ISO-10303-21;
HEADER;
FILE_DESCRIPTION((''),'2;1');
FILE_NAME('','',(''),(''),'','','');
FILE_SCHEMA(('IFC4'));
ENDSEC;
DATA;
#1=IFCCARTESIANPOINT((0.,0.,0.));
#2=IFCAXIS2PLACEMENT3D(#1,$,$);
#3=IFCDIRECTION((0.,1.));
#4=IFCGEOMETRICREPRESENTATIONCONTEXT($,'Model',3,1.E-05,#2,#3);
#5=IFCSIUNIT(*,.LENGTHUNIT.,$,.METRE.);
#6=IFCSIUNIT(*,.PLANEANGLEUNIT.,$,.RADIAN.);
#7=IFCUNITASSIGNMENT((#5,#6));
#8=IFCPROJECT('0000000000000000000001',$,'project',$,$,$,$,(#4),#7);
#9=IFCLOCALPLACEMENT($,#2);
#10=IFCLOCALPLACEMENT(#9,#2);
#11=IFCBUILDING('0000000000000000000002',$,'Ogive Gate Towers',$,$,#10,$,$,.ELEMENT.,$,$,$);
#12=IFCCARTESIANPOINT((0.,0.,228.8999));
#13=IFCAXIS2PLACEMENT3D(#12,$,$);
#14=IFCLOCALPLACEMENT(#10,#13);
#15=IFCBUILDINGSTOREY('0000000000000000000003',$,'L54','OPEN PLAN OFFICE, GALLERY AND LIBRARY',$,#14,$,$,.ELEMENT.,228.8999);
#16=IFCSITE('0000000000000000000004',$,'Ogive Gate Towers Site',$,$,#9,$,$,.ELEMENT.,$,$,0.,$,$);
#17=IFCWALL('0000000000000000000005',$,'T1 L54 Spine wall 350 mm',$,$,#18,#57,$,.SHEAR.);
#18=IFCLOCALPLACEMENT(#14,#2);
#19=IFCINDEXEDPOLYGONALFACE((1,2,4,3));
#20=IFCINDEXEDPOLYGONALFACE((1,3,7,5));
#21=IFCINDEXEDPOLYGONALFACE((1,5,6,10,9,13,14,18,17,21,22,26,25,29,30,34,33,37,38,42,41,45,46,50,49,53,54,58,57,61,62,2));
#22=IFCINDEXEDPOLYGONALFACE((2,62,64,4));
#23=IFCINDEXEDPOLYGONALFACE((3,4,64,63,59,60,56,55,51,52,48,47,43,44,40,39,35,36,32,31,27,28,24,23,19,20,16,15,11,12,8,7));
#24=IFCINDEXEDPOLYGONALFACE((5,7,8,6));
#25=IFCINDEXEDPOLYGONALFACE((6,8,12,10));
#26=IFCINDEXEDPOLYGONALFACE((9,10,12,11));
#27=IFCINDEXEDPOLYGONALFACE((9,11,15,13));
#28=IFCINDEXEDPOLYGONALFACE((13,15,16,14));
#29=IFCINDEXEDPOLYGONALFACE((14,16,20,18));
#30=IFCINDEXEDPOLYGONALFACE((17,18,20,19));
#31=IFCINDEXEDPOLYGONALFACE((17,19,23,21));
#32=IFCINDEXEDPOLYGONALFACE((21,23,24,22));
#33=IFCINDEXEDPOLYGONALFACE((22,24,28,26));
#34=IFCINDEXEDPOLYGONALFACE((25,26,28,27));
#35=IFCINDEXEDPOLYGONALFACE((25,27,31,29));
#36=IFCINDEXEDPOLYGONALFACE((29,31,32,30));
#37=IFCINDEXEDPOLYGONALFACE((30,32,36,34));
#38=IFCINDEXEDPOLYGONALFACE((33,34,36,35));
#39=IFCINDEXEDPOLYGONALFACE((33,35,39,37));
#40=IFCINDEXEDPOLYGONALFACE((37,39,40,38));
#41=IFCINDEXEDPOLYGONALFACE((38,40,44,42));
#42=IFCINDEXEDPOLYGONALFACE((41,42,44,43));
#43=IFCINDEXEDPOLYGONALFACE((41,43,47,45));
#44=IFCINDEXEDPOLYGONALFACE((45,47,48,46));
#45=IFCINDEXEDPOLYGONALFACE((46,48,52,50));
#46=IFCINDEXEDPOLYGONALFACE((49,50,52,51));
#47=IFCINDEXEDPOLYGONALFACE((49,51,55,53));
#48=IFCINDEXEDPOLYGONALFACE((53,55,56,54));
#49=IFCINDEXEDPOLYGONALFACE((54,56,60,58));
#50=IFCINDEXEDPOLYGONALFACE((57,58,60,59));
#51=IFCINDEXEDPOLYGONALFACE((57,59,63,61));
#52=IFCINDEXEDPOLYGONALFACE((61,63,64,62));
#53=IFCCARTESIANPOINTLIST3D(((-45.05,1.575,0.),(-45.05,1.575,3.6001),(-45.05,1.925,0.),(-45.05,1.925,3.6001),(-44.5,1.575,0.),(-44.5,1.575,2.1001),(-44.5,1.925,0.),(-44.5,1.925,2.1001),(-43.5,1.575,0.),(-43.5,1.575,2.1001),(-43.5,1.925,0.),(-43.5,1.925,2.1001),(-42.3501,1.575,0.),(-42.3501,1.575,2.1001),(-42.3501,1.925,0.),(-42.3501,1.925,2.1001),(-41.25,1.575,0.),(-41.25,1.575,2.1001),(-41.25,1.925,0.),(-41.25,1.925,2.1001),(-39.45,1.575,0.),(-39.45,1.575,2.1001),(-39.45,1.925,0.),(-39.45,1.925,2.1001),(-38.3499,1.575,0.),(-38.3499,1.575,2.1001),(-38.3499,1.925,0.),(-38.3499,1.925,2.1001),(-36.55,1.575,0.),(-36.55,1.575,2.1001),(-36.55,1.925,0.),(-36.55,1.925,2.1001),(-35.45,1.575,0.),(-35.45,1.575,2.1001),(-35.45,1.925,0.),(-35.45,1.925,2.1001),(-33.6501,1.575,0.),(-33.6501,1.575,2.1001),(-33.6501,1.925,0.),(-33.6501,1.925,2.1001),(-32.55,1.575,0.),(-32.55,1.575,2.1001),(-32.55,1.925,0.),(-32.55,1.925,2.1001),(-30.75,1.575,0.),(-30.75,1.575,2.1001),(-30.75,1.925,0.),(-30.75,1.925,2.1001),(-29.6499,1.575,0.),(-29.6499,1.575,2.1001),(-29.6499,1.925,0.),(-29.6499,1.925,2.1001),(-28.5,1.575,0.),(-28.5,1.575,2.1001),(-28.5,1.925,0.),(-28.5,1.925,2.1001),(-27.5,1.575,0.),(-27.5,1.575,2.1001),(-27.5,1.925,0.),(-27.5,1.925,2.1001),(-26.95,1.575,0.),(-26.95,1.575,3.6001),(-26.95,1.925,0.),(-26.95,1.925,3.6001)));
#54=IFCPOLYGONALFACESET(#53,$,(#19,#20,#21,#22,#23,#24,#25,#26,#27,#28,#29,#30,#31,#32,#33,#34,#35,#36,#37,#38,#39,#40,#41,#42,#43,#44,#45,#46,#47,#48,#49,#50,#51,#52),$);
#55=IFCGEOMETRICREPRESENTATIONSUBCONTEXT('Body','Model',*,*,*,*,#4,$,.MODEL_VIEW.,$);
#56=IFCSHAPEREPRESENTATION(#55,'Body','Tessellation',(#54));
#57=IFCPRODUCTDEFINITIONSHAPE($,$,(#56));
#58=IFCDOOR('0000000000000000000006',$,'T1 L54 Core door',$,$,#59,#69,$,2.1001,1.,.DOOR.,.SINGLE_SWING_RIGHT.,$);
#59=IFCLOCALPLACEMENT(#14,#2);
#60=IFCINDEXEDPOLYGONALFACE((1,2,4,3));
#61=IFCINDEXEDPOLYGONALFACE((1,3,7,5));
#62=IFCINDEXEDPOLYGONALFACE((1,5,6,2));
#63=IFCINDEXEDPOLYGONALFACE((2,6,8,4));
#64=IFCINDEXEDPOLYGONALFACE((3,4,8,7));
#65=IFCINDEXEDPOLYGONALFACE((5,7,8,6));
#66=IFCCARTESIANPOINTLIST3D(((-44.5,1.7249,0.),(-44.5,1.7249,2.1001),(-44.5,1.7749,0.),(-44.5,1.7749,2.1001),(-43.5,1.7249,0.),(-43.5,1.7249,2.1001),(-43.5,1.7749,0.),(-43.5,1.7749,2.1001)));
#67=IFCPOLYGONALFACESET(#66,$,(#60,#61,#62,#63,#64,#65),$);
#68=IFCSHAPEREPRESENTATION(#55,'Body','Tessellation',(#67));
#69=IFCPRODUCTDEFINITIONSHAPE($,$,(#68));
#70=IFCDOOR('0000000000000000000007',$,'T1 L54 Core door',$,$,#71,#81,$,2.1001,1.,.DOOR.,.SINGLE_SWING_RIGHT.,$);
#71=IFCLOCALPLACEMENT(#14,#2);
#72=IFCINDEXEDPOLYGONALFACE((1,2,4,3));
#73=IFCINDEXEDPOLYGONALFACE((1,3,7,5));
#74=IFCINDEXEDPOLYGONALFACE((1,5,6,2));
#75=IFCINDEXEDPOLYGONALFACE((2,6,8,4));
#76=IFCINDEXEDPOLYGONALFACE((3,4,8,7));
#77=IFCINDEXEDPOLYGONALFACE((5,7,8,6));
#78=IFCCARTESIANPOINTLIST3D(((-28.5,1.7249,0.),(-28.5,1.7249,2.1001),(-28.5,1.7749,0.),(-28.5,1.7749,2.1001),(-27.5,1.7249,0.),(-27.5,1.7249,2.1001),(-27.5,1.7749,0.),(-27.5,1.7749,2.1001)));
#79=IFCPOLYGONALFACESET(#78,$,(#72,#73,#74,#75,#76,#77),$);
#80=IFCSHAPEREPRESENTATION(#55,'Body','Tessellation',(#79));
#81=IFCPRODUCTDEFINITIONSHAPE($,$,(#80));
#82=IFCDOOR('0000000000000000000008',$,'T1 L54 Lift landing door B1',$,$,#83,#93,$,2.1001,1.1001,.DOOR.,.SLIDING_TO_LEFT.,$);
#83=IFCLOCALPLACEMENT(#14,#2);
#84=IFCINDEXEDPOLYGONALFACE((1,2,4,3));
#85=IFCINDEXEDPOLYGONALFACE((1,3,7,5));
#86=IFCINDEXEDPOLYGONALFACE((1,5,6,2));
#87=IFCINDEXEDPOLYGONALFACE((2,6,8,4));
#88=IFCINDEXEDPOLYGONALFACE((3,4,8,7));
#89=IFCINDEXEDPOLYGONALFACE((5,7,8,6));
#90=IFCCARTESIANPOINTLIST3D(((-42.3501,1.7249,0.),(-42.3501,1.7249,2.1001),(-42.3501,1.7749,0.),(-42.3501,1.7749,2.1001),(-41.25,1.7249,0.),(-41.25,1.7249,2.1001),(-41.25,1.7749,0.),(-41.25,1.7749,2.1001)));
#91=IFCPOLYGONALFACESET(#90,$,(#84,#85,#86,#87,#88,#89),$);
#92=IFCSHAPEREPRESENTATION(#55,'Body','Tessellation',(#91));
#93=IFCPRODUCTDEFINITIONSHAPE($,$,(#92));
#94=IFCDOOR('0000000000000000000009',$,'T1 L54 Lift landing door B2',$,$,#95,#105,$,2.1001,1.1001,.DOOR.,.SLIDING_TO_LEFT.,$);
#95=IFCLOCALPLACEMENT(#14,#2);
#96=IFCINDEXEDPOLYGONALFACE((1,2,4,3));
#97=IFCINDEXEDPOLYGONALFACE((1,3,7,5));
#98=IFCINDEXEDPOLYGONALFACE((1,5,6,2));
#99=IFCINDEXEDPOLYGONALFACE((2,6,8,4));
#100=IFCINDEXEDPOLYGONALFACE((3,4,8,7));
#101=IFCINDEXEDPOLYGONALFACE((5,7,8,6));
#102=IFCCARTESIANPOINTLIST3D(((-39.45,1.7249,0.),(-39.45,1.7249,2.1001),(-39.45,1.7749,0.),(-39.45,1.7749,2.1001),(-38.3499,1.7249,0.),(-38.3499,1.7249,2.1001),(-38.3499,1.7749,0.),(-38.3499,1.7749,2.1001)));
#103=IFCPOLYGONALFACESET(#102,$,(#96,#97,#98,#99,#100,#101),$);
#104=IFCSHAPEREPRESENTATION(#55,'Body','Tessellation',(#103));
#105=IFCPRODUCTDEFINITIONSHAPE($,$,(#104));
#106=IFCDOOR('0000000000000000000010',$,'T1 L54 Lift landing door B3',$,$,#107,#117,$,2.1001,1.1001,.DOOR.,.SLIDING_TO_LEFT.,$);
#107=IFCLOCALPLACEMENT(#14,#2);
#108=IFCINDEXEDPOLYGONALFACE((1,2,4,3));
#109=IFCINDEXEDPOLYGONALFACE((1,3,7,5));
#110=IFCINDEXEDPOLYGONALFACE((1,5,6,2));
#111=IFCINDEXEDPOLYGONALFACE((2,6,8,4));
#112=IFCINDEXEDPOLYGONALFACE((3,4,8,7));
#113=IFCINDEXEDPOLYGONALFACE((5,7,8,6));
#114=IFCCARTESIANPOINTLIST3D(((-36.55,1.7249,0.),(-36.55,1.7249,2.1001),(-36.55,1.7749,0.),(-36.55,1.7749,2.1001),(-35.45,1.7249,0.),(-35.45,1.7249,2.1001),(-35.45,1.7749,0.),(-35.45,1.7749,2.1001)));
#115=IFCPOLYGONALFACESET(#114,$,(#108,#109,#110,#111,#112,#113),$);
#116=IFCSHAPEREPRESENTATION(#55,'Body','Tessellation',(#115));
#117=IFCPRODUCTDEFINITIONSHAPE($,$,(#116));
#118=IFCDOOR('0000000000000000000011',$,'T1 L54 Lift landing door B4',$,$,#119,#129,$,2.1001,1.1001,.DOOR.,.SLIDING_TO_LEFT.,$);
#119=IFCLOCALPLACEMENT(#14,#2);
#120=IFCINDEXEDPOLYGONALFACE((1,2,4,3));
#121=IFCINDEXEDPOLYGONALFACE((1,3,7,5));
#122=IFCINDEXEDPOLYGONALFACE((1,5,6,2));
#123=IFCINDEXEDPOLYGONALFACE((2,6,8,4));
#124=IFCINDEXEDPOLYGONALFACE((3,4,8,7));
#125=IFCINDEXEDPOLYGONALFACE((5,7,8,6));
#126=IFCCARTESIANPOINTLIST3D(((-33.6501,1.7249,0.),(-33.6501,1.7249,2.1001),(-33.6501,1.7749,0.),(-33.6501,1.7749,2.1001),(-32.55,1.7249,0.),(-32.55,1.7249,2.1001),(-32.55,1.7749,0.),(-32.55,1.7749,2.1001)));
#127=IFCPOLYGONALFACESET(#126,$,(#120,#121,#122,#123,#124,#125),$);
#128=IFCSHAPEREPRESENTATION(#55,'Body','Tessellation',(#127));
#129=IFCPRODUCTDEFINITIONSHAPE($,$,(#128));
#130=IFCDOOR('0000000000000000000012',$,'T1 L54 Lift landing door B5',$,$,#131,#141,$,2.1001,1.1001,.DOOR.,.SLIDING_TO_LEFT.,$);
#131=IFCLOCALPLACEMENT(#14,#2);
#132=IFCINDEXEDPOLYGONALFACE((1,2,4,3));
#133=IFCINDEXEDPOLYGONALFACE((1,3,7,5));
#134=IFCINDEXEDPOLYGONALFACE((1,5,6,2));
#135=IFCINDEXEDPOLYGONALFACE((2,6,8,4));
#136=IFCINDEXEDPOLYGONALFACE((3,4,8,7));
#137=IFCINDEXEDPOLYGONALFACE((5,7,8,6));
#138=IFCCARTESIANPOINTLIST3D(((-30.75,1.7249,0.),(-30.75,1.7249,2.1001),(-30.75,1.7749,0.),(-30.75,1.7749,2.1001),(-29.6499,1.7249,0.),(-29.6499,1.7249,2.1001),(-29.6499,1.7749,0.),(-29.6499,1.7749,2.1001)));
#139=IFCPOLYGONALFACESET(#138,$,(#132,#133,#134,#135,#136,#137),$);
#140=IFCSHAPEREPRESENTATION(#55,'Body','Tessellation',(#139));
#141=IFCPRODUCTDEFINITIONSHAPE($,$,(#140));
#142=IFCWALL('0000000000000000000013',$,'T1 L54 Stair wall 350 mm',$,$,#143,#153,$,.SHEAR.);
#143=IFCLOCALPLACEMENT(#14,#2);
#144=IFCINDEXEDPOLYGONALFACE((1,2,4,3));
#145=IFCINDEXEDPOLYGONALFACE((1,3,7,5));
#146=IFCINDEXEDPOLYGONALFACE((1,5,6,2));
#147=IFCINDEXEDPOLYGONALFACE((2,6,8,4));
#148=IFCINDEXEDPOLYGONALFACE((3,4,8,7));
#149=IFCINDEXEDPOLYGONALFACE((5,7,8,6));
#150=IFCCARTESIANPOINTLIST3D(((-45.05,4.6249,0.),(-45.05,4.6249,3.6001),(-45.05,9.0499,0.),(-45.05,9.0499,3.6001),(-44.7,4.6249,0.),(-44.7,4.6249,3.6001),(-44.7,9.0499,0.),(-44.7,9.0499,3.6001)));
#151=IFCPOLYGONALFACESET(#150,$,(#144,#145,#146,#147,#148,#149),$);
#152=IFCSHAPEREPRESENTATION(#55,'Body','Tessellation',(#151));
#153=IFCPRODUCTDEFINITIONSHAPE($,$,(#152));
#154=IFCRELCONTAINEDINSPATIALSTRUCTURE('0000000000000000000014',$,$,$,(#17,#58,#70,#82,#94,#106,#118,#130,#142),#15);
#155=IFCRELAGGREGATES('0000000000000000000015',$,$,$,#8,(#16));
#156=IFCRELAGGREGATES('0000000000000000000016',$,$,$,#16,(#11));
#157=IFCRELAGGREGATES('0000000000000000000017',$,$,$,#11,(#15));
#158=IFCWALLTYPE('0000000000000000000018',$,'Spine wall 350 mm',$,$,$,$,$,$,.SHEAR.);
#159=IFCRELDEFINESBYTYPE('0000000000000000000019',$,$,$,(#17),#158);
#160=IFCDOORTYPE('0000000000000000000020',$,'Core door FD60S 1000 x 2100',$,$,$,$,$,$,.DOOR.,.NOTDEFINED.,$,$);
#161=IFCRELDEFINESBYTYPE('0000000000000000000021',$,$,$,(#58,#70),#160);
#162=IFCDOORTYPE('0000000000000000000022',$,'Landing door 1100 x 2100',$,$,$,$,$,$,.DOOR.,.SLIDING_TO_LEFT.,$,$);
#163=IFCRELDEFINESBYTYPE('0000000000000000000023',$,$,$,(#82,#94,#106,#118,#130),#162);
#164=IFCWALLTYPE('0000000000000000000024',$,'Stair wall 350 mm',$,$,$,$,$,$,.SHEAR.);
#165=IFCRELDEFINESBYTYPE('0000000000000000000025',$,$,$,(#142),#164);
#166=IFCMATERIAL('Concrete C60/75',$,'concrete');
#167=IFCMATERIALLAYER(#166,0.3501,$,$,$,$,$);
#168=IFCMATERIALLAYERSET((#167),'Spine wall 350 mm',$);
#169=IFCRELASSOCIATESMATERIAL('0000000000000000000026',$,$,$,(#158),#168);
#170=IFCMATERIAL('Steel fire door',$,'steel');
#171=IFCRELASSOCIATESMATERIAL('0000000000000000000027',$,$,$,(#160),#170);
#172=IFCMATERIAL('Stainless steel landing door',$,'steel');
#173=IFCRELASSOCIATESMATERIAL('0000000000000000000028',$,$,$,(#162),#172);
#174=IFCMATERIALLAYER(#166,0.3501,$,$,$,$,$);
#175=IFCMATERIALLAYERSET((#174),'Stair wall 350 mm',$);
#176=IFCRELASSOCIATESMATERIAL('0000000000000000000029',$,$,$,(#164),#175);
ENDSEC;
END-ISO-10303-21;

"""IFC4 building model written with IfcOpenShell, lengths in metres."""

from ifc_helpers import new_model, si_unit, direction, frame, frame_2d, origin, place, context, subcontext, project, spatial, rectangle, extrude, material, layer, layer_set, type_object, element, fill, save


model = new_model("IFC4")

# Units and contexts
model_context = context("Model", 3, precision=1e-05, world=origin(), true_north=direction((0.0, 1.0)))
body_context = subcontext(model_context, "Body", "Model", "MODEL_VIEW")
ifc_project = project(units=[si_unit("LENGTHUNIT", "METRE"), si_unit("PLANEANGLEUNIT", "RADIAN")], contexts=[model_context])

# Site, building, storey
site_placement = place(None, origin())
site = spatial("IfcSite", under=ifc_project, at=site_placement, Name="Ogive Gate Towers Site", CompositionType="ELEMENT", RefElevation=0.0)
building_placement = place(site_placement, origin())
building = spatial("IfcBuilding", under=site, at=building_placement, Name="Ogive Gate Towers", CompositionType="ELEMENT")
storey_placement = place(building_placement, frame((0.0, 0.0, 228.8999)))
storey = spatial("IfcBuildingStorey", under=building, at=storey_placement, Name="L54", Description="OPEN PLAN OFFICE, GALLERY AND LIBRARY", CompositionType="ELEMENT", Elevation=228.8999)

# Shared definitions
ifc_material_1 = material(Name="Concrete C60/75", Category="concrete")

# Shared definitions
ifc_material_2 = material(Name="Steel fire door", Category="steel")

# Wall, openings, doors
ifc_layer_1 = layer(ifc_material_1, 0.3501)
ifc_layer_set_1 = layer_set([ifc_layer_1], Name="Spine wall 350 mm")
wall_type_1 = type_object("IfcWallType", Name="Spine wall 350 mm", PredefinedType="SHEAR", material=ifc_layer_set_1)
wall_1_placement = place(storey_placement, frame((-45.05, 1.75, 0.0), z_axis=(0.0, 0.0, 1.0), x_axis=(1.0, 0.0, 0.0)))
wall_1 = element("IfcWall", 1, at=wall_1_placement, inside=storey, type_object=wall_type_1, Name="T1 L54 Spine wall 350 mm", PredefinedType="SHEAR", context=body_context, shape_type="SweptSolid", body=[
    extrude(rectangle(XDim=18.1001, YDim=0.3501, at=frame_2d((9.05, 0.0))), origin(), (0.0, 0.0, 1.0), 3.6001),
])
opening_1_placement = place(wall_1_placement, frame((0.55, 0.0, 0.0)))
opening_1 = element("IfcOpeningElement", 2, at=opening_1_placement, cuts=wall_1, PredefinedType="OPENING", context=body_context, shape_type="SweptSolid", body=[
    extrude(rectangle(XDim=1.0, YDim=2.1001, at=frame_2d((0.5, 1.05))), frame((0.0, 0.1851, 0.0), z_axis=(0.0, -1.0, 0.0), x_axis=(1.0, 0.0, 0.0)), (0.0, 0.0, 1.0), 0.3701),
])
opening_2_placement = place(wall_1_placement, frame((2.7, 0.0, 0.0)))
opening_2 = element("IfcOpeningElement", 3, at=opening_2_placement, cuts=wall_1, PredefinedType="OPENING", context=body_context, shape_type="SweptSolid", body=[
    extrude(rectangle(XDim=1.1001, YDim=2.1001, at=frame_2d((0.55, 1.05))), frame((0.0, 0.1851, 0.0), z_axis=(0.0, -1.0, 0.0), x_axis=(1.0, 0.0, 0.0)), (0.0, 0.0, 1.0), 0.3701),
])
opening_3_placement = place(wall_1_placement, frame((5.6001, 0.0, 0.0)))
opening_3 = element("IfcOpeningElement", 4, at=opening_3_placement, cuts=wall_1, PredefinedType="OPENING", context=body_context, shape_type="SweptSolid", body=[
    extrude(rectangle(XDim=1.1001, YDim=2.1001, at=frame_2d((0.55, 1.05))), frame((0.0, 0.1851, 0.0), z_axis=(0.0, -1.0, 0.0), x_axis=(1.0, 0.0, 0.0)), (0.0, 0.0, 1.0), 0.3701),
])
opening_4_placement = place(wall_1_placement, frame((8.5, 0.0, 0.0)))
opening_4 = element("IfcOpeningElement", 5, at=opening_4_placement, cuts=wall_1, PredefinedType="OPENING", context=body_context, shape_type="SweptSolid", body=[
    extrude(rectangle(XDim=1.1001, YDim=2.1001, at=frame_2d((0.55, 1.05))), frame((0.0, 0.1851, 0.0), z_axis=(0.0, -1.0, 0.0), x_axis=(1.0, 0.0, 0.0)), (0.0, 0.0, 1.0), 0.3701),
])
opening_5_placement = place(wall_1_placement, frame((11.3999, 0.0, 0.0)))
opening_5 = element("IfcOpeningElement", 6, at=opening_5_placement, cuts=wall_1, PredefinedType="OPENING", context=body_context, shape_type="SweptSolid", body=[
    extrude(rectangle(XDim=1.1001, YDim=2.1001, at=frame_2d((0.55, 1.05))), frame((0.0, 0.1851, 0.0), z_axis=(0.0, -1.0, 0.0), x_axis=(1.0, 0.0, 0.0)), (0.0, 0.0, 1.0), 0.3701),
])
opening_6_placement = place(wall_1_placement, frame((14.3, 0.0, 0.0)))
opening_6 = element("IfcOpeningElement", 7, at=opening_6_placement, cuts=wall_1, PredefinedType="OPENING", context=body_context, shape_type="SweptSolid", body=[
    extrude(rectangle(XDim=1.1001, YDim=2.1001, at=frame_2d((0.55, 1.05))), frame((0.0, 0.1851, 0.0), z_axis=(0.0, -1.0, 0.0), x_axis=(1.0, 0.0, 0.0)), (0.0, 0.0, 1.0), 0.3701),
])
opening_7_placement = place(wall_1_placement, frame((16.55, 0.0, 0.0)))
opening_7 = element("IfcOpeningElement", 8, at=opening_7_placement, cuts=wall_1, PredefinedType="OPENING", context=body_context, shape_type="SweptSolid", body=[
    extrude(rectangle(XDim=1.0, YDim=2.1001, at=frame_2d((0.5, 1.05))), frame((0.0, 0.1851, 0.0), z_axis=(0.0, -1.0, 0.0), x_axis=(1.0, 0.0, 0.0)), (0.0, 0.0, 1.0), 0.3701),
])
door_type_1 = type_object("IfcDoorType", Name="Core door FD60S 1000 x 2100", OperationType="NOTDEFINED", PredefinedType="DOOR", material=ifc_material_2)
door_1_placement = place(opening_1_placement, origin())
door_1 = element("IfcDoor", 9, at=door_1_placement, inside=storey, type_object=door_type_1, Name="T1 L54 Core door", OperationType="SINGLE_SWING_RIGHT", OverallHeight=2.1001, OverallWidth=1.0, PredefinedType="DOOR", context=body_context, shape_type="SweptSolid", body=[
    extrude(rectangle(XDim=1.0, YDim=2.1001, at=frame_2d((0.5, 1.05))), frame((0.0, 0.0249, 0.0), z_axis=(0.0, -1.0, 0.0), x_axis=(1.0, 0.0, 0.0)), (0.0, 0.0, 1.0), 0.05),
])
fill(opening_1, door_1)
door_2_placement = place(opening_7_placement, origin())
door_2 = element("IfcDoor", 10, at=door_2_placement, inside=storey, type_object=door_type_1, Name="T1 L54 Core door", OperationType="SINGLE_SWING_RIGHT", OverallHeight=2.1001, OverallWidth=1.0, PredefinedType="DOOR", context=body_context, shape_type="SweptSolid", body=[
    extrude(rectangle(XDim=1.0, YDim=2.1001, at=frame_2d((0.5, 1.05))), frame((0.0, 0.0249, 0.0), z_axis=(0.0, -1.0, 0.0), x_axis=(1.0, 0.0, 0.0)), (0.0, 0.0, 1.0), 0.05),
])
fill(opening_7, door_2)
ifc_material_3 = material(Name="Stainless steel landing door", Category="steel")
door_type_2 = type_object("IfcDoorType", Name="Landing door 1100 x 2100", OperationType="SLIDING_TO_LEFT", PredefinedType="DOOR", material=ifc_material_3)
door_3_placement = place(opening_2_placement, origin())
door_3 = element("IfcDoor", 11, at=door_3_placement, inside=storey, type_object=door_type_2, Name="T1 L54 Lift landing door B1", OperationType="SLIDING_TO_LEFT", OverallHeight=2.1001, OverallWidth=1.1001, PredefinedType="DOOR", context=body_context, shape_type="SweptSolid", body=[
    extrude(rectangle(XDim=1.1001, YDim=2.1001, at=frame_2d((0.55, 1.05))), frame((0.0, 0.0249, 0.0), z_axis=(0.0, -1.0, 0.0), x_axis=(1.0, 0.0, 0.0)), (0.0, 0.0, 1.0), 0.05),
])
fill(opening_2, door_3)
door_4_placement = place(opening_3_placement, origin())
door_4 = element("IfcDoor", 12, at=door_4_placement, inside=storey, type_object=door_type_2, Name="T1 L54 Lift landing door B2", OperationType="SLIDING_TO_LEFT", OverallHeight=2.1001, OverallWidth=1.1001, PredefinedType="DOOR", context=body_context, shape_type="SweptSolid", body=[
    extrude(rectangle(XDim=1.1001, YDim=2.1001, at=frame_2d((0.55, 1.05))), frame((0.0, 0.0249, 0.0), z_axis=(0.0, -1.0, 0.0), x_axis=(1.0, 0.0, 0.0)), (0.0, 0.0, 1.0), 0.05),
])
fill(opening_3, door_4)
door_5_placement = place(opening_4_placement, origin())
door_5 = element("IfcDoor", 13, at=door_5_placement, inside=storey, type_object=door_type_2, Name="T1 L54 Lift landing door B3", OperationType="SLIDING_TO_LEFT", OverallHeight=2.1001, OverallWidth=1.1001, PredefinedType="DOOR", context=body_context, shape_type="SweptSolid", body=[
    extrude(rectangle(XDim=1.1001, YDim=2.1001, at=frame_2d((0.55, 1.05))), frame((0.0, 0.0249, 0.0), z_axis=(0.0, -1.0, 0.0), x_axis=(1.0, 0.0, 0.0)), (0.0, 0.0, 1.0), 0.05),
])
fill(opening_4, door_5)
door_6_placement = place(opening_5_placement, origin())
door_6 = element("IfcDoor", 14, at=door_6_placement, inside=storey, type_object=door_type_2, Name="T1 L54 Lift landing door B4", OperationType="SLIDING_TO_LEFT", OverallHeight=2.1001, OverallWidth=1.1001, PredefinedType="DOOR", context=body_context, shape_type="SweptSolid", body=[
    extrude(rectangle(XDim=1.1001, YDim=2.1001, at=frame_2d((0.55, 1.05))), frame((0.0, 0.0249, 0.0), z_axis=(0.0, -1.0, 0.0), x_axis=(1.0, 0.0, 0.0)), (0.0, 0.0, 1.0), 0.05),
])
fill(opening_5, door_6)
door_7_placement = place(opening_6_placement, origin())
door_7 = element("IfcDoor", 15, at=door_7_placement, inside=storey, type_object=door_type_2, Name="T1 L54 Lift landing door B5", OperationType="SLIDING_TO_LEFT", OverallHeight=2.1001, OverallWidth=1.1001, PredefinedType="DOOR", context=body_context, shape_type="SweptSolid", body=[
    extrude(rectangle(XDim=1.1001, YDim=2.1001, at=frame_2d((0.55, 1.05))), frame((0.0, 0.0249, 0.0), z_axis=(0.0, -1.0, 0.0), x_axis=(1.0, 0.0, 0.0)), (0.0, 0.0, 1.0), 0.05),
])
fill(opening_6, door_7)

# Wall
ifc_layer_2 = layer(ifc_material_1, 0.3501)
ifc_layer_set_2 = layer_set([ifc_layer_2], Name="Stair wall 350 mm")
wall_type_2 = type_object("IfcWallType", Name="Stair wall 350 mm", PredefinedType="SHEAR", material=ifc_layer_set_2)
wall_2_placement = place(storey_placement, frame((-44.875, 4.625, 0.0), z_axis=(0.0, 0.0, 1.0), x_axis=(0.0, 1.0, 0.0)))
element("IfcWall", 16, at=wall_2_placement, inside=storey, type_object=wall_type_2, Name="T1 L54 Stair wall 350 mm", PredefinedType="SHEAR", context=body_context, shape_type="SweptSolid", body=[
    extrude(rectangle(XDim=4.425, YDim=0.3501, at=frame_2d((2.2124, 0.0))), origin(), (0.0, 0.0, 1.0), 3.6001),
])

save(model, "model.ifc")
